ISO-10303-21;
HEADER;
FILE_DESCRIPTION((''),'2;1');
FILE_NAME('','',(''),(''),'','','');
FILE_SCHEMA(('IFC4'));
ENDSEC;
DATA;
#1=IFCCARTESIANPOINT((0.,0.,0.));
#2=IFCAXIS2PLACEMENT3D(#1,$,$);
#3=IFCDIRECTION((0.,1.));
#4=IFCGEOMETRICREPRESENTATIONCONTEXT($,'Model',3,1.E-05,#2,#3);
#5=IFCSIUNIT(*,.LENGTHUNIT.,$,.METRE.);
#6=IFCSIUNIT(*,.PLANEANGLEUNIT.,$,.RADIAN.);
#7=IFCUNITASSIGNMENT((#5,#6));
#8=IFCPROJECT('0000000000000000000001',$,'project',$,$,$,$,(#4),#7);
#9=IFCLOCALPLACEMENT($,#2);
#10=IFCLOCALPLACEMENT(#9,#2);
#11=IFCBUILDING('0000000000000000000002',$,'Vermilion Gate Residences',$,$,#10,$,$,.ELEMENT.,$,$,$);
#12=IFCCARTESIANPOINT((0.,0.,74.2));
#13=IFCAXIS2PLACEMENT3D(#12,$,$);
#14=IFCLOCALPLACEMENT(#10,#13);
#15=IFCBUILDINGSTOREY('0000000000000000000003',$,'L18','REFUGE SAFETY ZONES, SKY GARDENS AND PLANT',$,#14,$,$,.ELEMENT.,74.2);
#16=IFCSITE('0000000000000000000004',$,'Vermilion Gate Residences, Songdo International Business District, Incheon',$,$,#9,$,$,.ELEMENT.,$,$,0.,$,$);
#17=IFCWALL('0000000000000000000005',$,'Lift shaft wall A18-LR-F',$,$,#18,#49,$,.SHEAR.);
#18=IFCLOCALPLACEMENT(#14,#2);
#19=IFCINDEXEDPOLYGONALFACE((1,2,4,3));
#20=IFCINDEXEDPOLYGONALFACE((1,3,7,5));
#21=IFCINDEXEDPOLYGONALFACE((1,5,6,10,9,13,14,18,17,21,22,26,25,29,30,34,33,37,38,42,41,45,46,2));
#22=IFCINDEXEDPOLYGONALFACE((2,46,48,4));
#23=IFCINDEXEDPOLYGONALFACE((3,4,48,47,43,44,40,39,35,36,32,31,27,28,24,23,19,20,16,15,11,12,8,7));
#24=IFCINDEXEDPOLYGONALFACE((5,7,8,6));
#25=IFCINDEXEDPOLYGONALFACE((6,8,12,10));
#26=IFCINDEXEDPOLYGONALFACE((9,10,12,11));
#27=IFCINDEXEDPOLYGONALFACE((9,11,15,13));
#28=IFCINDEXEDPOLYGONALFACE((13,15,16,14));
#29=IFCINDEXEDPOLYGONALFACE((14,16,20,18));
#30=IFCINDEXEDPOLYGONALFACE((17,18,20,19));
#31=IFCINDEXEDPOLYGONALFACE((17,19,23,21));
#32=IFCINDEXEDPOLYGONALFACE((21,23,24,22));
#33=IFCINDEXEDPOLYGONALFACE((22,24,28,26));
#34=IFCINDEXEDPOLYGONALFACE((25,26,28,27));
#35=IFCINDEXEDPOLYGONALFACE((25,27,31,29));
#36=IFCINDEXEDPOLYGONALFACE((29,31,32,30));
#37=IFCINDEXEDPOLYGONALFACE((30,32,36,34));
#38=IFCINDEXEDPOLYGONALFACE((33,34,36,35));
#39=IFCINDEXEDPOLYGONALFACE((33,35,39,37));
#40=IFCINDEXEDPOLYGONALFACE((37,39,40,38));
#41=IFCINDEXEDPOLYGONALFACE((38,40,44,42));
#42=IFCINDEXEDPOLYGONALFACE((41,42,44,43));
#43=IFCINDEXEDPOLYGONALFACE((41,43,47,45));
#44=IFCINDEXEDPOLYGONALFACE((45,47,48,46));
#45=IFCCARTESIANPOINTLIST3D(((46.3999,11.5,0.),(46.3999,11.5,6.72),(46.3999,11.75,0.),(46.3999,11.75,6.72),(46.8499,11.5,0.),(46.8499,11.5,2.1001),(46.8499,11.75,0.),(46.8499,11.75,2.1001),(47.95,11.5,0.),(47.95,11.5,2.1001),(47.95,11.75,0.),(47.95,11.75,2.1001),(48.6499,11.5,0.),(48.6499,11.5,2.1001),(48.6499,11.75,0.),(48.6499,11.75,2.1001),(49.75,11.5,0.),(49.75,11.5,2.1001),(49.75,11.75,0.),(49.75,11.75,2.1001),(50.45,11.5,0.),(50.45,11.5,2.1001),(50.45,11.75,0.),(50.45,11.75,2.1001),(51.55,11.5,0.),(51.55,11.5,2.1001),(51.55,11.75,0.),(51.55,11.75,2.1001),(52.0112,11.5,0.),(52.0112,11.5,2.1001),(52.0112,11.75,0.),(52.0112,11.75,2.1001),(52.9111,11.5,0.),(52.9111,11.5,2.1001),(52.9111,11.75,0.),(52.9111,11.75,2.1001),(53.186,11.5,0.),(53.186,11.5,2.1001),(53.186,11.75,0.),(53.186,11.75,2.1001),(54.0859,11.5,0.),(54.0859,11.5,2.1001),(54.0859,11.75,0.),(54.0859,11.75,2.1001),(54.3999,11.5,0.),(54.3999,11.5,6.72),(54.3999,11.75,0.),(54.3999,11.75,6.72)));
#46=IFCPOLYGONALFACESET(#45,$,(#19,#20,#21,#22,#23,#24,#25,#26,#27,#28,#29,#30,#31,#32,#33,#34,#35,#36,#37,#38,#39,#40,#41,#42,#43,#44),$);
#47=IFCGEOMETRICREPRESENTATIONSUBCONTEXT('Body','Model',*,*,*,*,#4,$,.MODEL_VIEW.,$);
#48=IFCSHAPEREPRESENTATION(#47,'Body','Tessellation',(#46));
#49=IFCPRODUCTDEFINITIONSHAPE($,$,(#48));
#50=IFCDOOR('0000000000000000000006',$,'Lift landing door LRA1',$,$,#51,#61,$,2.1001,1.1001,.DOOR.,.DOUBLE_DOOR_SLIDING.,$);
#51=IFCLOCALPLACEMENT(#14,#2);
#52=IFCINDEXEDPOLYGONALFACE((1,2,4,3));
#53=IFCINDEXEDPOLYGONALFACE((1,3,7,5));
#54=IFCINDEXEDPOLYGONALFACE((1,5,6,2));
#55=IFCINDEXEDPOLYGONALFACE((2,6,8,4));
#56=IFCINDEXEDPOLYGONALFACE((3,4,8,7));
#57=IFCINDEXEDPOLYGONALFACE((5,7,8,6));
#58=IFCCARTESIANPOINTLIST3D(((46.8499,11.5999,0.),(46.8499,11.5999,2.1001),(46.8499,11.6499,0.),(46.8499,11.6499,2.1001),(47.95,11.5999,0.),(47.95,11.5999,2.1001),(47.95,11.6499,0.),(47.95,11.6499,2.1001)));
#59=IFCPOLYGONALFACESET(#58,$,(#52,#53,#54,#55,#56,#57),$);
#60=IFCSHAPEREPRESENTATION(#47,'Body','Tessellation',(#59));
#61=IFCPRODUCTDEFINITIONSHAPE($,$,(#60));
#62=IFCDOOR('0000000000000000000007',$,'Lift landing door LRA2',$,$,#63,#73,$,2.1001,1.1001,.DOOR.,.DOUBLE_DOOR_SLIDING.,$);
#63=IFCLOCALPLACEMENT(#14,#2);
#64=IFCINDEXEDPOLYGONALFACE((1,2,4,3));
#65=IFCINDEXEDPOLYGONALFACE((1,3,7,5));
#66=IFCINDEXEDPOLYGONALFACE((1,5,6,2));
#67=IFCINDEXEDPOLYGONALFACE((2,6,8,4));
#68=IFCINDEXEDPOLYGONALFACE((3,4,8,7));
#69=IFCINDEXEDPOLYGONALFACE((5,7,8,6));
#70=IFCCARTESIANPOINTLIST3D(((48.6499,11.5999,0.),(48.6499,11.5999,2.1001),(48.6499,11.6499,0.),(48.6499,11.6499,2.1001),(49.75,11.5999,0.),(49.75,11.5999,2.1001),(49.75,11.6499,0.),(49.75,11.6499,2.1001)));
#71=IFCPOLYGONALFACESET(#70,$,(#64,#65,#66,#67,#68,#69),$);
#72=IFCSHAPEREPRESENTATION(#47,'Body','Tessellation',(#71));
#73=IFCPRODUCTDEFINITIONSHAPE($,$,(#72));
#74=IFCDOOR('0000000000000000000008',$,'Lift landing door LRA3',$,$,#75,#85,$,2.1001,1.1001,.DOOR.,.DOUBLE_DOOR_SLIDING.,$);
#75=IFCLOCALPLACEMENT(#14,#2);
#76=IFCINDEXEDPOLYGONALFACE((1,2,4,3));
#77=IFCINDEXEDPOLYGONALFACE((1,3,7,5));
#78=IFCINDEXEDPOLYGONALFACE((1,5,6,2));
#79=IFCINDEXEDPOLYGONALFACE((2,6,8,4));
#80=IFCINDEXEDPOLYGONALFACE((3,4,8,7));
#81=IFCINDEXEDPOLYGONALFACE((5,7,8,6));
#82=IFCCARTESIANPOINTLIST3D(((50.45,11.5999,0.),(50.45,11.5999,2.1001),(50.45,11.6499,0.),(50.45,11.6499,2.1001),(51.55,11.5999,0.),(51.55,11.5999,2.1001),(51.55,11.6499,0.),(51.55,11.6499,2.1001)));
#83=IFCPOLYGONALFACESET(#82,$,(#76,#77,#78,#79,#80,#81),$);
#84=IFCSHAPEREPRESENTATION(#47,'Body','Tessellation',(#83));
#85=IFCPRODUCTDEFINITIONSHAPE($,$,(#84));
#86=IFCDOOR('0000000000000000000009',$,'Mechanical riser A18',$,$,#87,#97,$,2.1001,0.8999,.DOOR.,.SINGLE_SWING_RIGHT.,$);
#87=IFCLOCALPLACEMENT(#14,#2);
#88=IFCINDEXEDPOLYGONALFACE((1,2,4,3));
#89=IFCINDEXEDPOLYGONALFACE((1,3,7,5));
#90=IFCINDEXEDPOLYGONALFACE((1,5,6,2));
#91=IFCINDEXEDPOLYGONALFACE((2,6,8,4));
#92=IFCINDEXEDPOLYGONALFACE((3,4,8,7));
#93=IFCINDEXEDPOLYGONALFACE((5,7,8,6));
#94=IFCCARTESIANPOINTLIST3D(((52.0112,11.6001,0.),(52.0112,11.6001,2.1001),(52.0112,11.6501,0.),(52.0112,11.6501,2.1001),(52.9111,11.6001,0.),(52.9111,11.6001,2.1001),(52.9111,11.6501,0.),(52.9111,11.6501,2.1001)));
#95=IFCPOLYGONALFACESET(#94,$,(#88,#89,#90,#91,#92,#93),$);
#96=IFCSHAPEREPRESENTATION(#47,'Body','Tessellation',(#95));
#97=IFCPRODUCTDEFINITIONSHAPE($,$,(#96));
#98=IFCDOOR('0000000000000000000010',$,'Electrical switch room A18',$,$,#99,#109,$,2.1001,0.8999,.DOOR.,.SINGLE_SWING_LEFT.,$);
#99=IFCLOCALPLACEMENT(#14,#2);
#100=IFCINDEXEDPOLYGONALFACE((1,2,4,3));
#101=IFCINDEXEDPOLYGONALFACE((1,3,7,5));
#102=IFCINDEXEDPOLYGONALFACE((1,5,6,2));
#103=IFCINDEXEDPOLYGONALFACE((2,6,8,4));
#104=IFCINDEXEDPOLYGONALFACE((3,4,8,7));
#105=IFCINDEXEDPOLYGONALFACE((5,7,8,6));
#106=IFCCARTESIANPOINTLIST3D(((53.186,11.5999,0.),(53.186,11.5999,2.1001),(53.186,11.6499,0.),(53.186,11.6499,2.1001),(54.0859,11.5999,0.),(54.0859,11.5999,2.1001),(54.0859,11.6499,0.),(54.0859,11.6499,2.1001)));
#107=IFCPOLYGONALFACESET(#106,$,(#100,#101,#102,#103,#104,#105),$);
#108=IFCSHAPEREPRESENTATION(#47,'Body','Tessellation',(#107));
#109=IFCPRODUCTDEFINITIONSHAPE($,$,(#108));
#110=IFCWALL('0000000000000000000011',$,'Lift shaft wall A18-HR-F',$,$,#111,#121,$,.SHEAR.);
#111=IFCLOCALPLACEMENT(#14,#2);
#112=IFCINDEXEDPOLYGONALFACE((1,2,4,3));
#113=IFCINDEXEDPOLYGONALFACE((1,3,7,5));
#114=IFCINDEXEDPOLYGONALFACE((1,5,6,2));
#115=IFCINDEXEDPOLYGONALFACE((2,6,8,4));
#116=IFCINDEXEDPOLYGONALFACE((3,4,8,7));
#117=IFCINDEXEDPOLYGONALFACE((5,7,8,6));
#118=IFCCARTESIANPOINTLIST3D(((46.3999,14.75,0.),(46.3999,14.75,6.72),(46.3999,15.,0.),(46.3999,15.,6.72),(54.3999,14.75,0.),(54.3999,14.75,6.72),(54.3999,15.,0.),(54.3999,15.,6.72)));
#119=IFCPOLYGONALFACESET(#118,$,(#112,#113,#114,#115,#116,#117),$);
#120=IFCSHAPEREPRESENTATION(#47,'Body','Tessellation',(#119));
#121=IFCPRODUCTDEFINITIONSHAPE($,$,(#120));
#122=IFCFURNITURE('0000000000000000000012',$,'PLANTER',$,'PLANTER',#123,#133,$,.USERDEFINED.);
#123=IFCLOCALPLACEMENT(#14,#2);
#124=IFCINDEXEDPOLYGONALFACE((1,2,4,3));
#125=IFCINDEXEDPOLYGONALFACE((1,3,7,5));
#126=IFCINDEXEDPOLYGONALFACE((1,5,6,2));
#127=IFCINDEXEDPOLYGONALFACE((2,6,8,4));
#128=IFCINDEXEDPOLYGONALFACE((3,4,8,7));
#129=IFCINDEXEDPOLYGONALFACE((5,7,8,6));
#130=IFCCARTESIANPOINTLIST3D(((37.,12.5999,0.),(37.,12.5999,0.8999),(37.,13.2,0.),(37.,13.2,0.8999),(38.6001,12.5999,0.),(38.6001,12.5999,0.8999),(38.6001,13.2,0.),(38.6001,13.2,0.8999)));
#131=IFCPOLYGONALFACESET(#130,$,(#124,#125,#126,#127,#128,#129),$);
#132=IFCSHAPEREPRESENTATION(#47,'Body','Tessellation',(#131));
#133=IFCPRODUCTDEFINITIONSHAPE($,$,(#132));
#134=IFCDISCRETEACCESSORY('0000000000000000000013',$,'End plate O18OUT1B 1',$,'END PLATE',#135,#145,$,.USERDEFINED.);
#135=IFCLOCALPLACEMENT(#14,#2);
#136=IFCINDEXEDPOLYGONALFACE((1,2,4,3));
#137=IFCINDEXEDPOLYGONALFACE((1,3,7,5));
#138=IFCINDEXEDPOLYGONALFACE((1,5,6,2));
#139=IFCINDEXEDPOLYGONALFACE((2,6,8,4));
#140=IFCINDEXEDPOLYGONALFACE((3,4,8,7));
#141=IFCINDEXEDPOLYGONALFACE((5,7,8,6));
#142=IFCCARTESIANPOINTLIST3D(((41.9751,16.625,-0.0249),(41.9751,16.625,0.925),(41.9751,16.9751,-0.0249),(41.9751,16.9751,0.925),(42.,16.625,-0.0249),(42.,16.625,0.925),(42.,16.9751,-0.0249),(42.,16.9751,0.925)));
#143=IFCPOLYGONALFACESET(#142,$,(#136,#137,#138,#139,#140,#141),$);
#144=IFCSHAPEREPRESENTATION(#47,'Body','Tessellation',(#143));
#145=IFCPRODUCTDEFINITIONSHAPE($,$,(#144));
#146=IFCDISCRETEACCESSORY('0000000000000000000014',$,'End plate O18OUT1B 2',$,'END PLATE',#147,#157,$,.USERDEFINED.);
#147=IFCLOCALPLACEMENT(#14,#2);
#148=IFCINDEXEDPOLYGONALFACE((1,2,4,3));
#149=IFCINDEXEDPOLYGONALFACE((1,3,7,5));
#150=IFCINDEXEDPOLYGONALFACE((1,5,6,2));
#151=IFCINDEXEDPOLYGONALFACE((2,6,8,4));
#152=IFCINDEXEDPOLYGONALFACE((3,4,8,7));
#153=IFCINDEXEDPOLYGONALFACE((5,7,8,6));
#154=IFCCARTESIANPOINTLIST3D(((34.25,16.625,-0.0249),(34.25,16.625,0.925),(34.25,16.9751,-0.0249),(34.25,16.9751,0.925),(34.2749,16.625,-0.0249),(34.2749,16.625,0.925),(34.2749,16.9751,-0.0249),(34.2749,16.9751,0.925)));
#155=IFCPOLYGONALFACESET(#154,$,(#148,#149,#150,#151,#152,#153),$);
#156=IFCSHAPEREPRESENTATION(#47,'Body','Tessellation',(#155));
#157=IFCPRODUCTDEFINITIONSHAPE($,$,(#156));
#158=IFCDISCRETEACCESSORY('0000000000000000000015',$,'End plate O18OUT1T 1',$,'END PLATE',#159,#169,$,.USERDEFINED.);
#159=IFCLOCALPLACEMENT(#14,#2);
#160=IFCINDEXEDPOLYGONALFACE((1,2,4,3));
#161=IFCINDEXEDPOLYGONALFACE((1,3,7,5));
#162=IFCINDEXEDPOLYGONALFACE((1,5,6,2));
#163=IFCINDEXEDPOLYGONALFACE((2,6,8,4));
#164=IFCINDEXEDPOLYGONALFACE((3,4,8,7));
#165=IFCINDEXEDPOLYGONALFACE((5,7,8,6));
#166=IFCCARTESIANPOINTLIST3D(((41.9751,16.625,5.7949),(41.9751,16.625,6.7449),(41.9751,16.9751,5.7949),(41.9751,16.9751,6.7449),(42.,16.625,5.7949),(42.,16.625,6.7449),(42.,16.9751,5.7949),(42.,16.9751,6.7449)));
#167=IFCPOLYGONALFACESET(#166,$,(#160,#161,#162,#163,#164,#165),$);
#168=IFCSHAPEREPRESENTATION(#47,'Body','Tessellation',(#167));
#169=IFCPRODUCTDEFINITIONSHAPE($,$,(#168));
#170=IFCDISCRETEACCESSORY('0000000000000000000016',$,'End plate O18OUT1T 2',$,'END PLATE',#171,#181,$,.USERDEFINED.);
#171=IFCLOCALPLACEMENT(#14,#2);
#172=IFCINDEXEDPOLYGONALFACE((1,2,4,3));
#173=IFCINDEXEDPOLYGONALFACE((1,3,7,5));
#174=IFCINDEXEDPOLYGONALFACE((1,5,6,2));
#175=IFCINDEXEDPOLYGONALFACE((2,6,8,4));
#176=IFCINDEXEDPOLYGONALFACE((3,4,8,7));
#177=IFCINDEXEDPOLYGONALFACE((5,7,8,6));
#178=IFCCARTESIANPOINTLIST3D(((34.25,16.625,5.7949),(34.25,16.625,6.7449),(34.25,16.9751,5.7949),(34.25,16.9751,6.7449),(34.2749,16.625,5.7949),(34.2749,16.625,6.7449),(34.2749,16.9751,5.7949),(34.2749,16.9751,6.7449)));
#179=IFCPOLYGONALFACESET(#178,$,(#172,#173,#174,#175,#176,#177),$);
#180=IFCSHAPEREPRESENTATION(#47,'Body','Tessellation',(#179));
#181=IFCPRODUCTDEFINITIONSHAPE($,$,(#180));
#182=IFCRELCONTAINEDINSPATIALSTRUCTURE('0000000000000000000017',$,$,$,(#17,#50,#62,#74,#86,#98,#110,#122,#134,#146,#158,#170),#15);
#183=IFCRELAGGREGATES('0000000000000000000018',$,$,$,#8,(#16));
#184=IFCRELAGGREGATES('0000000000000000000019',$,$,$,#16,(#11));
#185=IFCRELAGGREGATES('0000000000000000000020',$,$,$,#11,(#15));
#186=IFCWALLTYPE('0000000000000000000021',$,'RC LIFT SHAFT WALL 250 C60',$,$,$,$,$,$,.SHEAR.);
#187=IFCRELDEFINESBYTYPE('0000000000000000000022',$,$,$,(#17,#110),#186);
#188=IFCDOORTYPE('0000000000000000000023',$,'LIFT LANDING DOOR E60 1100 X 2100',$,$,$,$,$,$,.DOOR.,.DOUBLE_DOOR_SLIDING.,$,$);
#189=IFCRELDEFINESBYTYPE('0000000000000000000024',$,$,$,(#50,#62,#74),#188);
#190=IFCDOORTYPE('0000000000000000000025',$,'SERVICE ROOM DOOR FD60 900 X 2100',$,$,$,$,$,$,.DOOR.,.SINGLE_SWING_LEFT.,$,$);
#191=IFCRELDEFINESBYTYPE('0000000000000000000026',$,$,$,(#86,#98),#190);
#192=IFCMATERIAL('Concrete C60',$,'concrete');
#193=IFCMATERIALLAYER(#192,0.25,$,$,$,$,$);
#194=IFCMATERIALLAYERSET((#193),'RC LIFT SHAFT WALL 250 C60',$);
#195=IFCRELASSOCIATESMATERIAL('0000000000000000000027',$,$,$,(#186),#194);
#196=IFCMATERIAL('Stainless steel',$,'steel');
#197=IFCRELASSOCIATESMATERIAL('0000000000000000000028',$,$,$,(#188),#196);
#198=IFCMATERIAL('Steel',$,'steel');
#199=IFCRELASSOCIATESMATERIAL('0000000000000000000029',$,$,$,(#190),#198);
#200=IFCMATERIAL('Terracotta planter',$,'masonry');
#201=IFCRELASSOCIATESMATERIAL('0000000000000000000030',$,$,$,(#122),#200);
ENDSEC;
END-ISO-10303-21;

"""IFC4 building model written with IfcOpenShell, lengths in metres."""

from ifc_helpers import new_model, si_unit, direction, frame, frame_2d, origin, origin_2d, place, context, subcontext, project, spatial, rectangle, extrude, material, layer, layer_set, type_object, element, fill, save


model = new_model("IFC4")

# Units and contexts
model_context = context("Model", 3, precision=1e-05, world=origin(), true_north=direction((0.0, 1.0)))
body_context = subcontext(model_context, "Body", "Model", "MODEL_VIEW")
ifc_project = project(units=[si_unit("LENGTHUNIT", "METRE"), si_unit("PLANEANGLEUNIT", "RADIAN")], contexts=[model_context])

# Site, building, storey
site_placement = place(None, origin())
site = spatial("IfcSite", under=ifc_project, at=site_placement, Name="Vermilion Gate Residences, Songdo International Business District, Incheon", CompositionType="ELEMENT", RefElevation=0.0)
building_placement = place(site_placement, origin())
building = spatial("IfcBuilding", under=site, at=building_placement, Name="Vermilion Gate Residences", CompositionType="ELEMENT")
storey_placement = place(building_placement, frame((0.0, 0.0, 74.2)))
storey = spatial("IfcBuildingStorey", under=building, at=storey_placement, Name="L18", Description="REFUGE SAFETY ZONES, SKY GARDENS AND PLANT", CompositionType="ELEMENT", Elevation=74.2)

# Wall, openings, doors
ifc_material_1 = material(Name="Concrete C60", Category="concrete")
ifc_layer_1 = layer(ifc_material_1, 0.25)
ifc_layer_set_1 = layer_set([ifc_layer_1], Name="RC LIFT SHAFT WALL 250 C60")
wall_type_1 = type_object("IfcWallType", Name="RC LIFT SHAFT WALL 250 C60", PredefinedType="SHEAR", material=ifc_layer_set_1)
wall_1_placement = place(storey_placement, frame((46.3999, 11.625, 0.0), z_axis=(0.0, 0.0, 1.0), x_axis=(1.0, 0.0, 0.0)))
wall_1 = element("IfcWall", 1, at=wall_1_placement, inside=storey, type_object=wall_type_1, Name="Lift shaft wall A18-LR-F", PredefinedType="SHEAR", context=body_context, shape_type="SweptSolid", body=[
    extrude(rectangle(XDim=8.0, YDim=0.25, at=frame_2d((4.0, 0.0))), origin(), (0.0, 0.0, 1.0), 6.72),
])
opening_1_placement = place(wall_1_placement, frame((0.45, 0.0, 0.0)))
opening_1 = element("IfcOpeningElement", 2, at=opening_1_placement, cuts=wall_1, PredefinedType="OPENING", context=body_context, shape_type="SweptSolid", body=[
    extrude(rectangle(XDim=1.1001, YDim=2.1001, at=frame_2d((0.55, 1.05))), frame((0.0, 0.135, 0.0), z_axis=(0.0, -1.0, 0.0), x_axis=(1.0, 0.0, 0.0)), (0.0, 0.0, 1.0), 0.27),
])
opening_2_placement = place(wall_1_placement, frame((2.25, 0.0, 0.0)))
opening_2 = element("IfcOpeningElement", 3, at=opening_2_placement, cuts=wall_1, PredefinedType="OPENING", context=body_context, shape_type="SweptSolid", body=[
    extrude(rectangle(XDim=1.1001, YDim=2.1001, at=frame_2d((0.55, 1.05))), frame((0.0, 0.135, 0.0), z_axis=(0.0, -1.0, 0.0), x_axis=(1.0, 0.0, 0.0)), (0.0, 0.0, 1.0), 0.27),
])
opening_3_placement = place(wall_1_placement, frame((4.05, 0.0, 0.0)))
opening_3 = element("IfcOpeningElement", 4, at=opening_3_placement, cuts=wall_1, PredefinedType="OPENING", context=body_context, shape_type="SweptSolid", body=[
    extrude(rectangle(XDim=1.1001, YDim=2.1001, at=frame_2d((0.55, 1.05))), frame((0.0, 0.135, 0.0), z_axis=(0.0, -1.0, 0.0), x_axis=(1.0, 0.0, 0.0)), (0.0, 0.0, 1.0), 0.27),
])
opening_4_placement = place(wall_1_placement, frame((5.6113, 0.0, 0.0)))
opening_4 = element("IfcOpeningElement", 5, at=opening_4_placement, cuts=wall_1, PredefinedType="OPENING", context=body_context, shape_type="SweptSolid", body=[
    extrude(rectangle(XDim=0.8999, YDim=2.1001, at=frame_2d((0.45, 1.05))), frame((0.0, 0.135, 0.0), z_axis=(0.0, -1.0, 0.0), x_axis=(1.0, 0.0, 0.0)), (0.0, 0.0, 1.0), 0.27),
])
opening_5_placement = place(wall_1_placement, frame((6.7861, 0.0, 0.0)))
opening_5 = element("IfcOpeningElement", 6, at=opening_5_placement, cuts=wall_1, PredefinedType="OPENING", context=body_context, shape_type="SweptSolid", body=[
    extrude(rectangle(XDim=0.8999, YDim=2.1001, at=frame_2d((0.45, 1.05))), frame((0.0, 0.135, 0.0), z_axis=(0.0, -1.0, 0.0), x_axis=(1.0, 0.0, 0.0)), (0.0, 0.0, 1.0), 0.27),
])
ifc_material_2 = material(Name="Stainless steel", Category="steel")
door_type_1 = type_object("IfcDoorType", Name="LIFT LANDING DOOR E60 1100 X 2100", OperationType="DOUBLE_DOOR_SLIDING", PredefinedType="DOOR", material=ifc_material_2)
door_1_placement = place(opening_1_placement, origin())
door_1 = element("IfcDoor", 7, at=door_1_placement, inside=storey, type_object=door_type_1, Name="Lift landing door LRA1", OperationType="DOUBLE_DOOR_SLIDING", OverallHeight=2.1001, OverallWidth=1.1001, PredefinedType="DOOR", context=body_context, shape_type="SweptSolid", body=[
    extrude(rectangle(XDim=1.1001, YDim=2.1001, at=frame_2d((0.55, 1.05))), frame((0.0, 0.0249, 0.0), z_axis=(0.0, -1.0, 0.0), x_axis=(1.0, 0.0, 0.0)), (0.0, 0.0, 1.0), 0.05),
])
fill(opening_1, door_1)
door_2_placement = place(opening_2_placement, origin())
door_2 = element("IfcDoor", 8, at=door_2_placement, inside=storey, type_object=door_type_1, Name="Lift landing door LRA2", OperationType="DOUBLE_DOOR_SLIDING", OverallHeight=2.1001, OverallWidth=1.1001, PredefinedType="DOOR", context=body_context, shape_type="SweptSolid", body=[
    extrude(rectangle(XDim=1.1001, YDim=2.1001, at=frame_2d((0.55, 1.05))), frame((0.0, 0.0249, 0.0), z_axis=(0.0, -1.0, 0.0), x_axis=(1.0, 0.0, 0.0)), (0.0, 0.0, 1.0), 0.05),
])
fill(opening_2, door_2)
door_3_placement = place(opening_3_placement, origin())
door_3 = element("IfcDoor", 9, at=door_3_placement, inside=storey, type_object=door_type_1, Name="Lift landing door LRA3", OperationType="DOUBLE_DOOR_SLIDING", OverallHeight=2.1001, OverallWidth=1.1001, PredefinedType="DOOR", context=body_context, shape_type="SweptSolid", body=[
    extrude(rectangle(XDim=1.1001, YDim=2.1001, at=frame_2d((0.55, 1.05))), frame((0.0, 0.0249, 0.0), z_axis=(0.0, -1.0, 0.0), x_axis=(1.0, 0.0, 0.0)), (0.0, 0.0, 1.0), 0.05),
])
fill(opening_3, door_3)
ifc_material_3 = material(Name="Steel", Category="steel")
door_type_2 = type_object("IfcDoorType", Name="SERVICE ROOM DOOR FD60 900 X 2100", OperationType="SINGLE_SWING_LEFT", PredefinedType="DOOR", material=ifc_material_3)
door_4_placement = place(opening_4_placement, frame((0.8999, 0.0, 0.0), z_axis=(0.0, 0.0, 1.0), x_axis=(-1.0, 0.0, 0.0)))
door_4 = element("IfcDoor", 10, at=door_4_placement, inside=storey, type_object=door_type_2, Name="Mechanical riser A18", OperationType="SINGLE_SWING_RIGHT", OverallHeight=2.1001, OverallWidth=0.8999, PredefinedType="DOOR", context=body_context, shape_type="SweptSolid", body=[
    extrude(rectangle(XDim=0.8999, YDim=2.1001, at=frame_2d((0.45, 1.05))), frame((0.0, 0.0249, 0.0), z_axis=(0.0, -1.0, 0.0), x_axis=(1.0, 0.0, 0.0)), (0.0, 0.0, 1.0), 0.05),
])
fill(opening_4, door_4)
door_5_placement = place(opening_5_placement, origin())
door_5 = element("IfcDoor", 11, at=door_5_placement, inside=storey, type_object=door_type_2, Name="Electrical switch room A18", OperationType="SINGLE_SWING_LEFT", OverallHeight=2.1001, OverallWidth=0.8999, PredefinedType="DOOR", context=body_context, shape_type="SweptSolid", body=[
    extrude(rectangle(XDim=0.8999, YDim=2.1001, at=frame_2d((0.45, 1.05))), frame((0.0, 0.0249, 0.0), z_axis=(0.0, -1.0, 0.0), x_axis=(1.0, 0.0, 0.0)), (0.0, 0.0, 1.0), 0.05),
])
fill(opening_5, door_5)

# Wall
wall_2_placement = place(storey_placement, frame((46.3999, 14.875, 0.0), z_axis=(0.0, 0.0, 1.0), x_axis=(1.0, 0.0, 0.0)))
element("IfcWall", 12, at=wall_2_placement, inside=storey, type_object=wall_type_1, Name="Lift shaft wall A18-HR-F", PredefinedType="SHEAR", context=body_context, shape_type="SweptSolid", body=[
    extrude(rectangle(XDim=8.0, YDim=0.25, at=frame_2d((4.0, 0.0))), origin(), (0.0, 0.0, 1.0), 6.72),
])

# Furniture
ifc_material_4 = material(Name="Terracotta planter", Category="masonry")
furniture_placement = place(storey_placement, frame((37.8, 12.8999, 0.0), z_axis=(0.0, 0.0, 1.0), x_axis=(1.0, 0.0, 0.0)))
element("IfcFurniture", 13, at=furniture_placement, inside=storey, material=ifc_material_4, Name="PLANTER", ObjectType="PLANTER", PredefinedType="USERDEFINED", context=body_context, shape_type="SweptSolid", body=[
    extrude(rectangle(XDim=1.6001, YDim=0.6001, at=origin_2d()), origin(), (0.0, 0.0, 1.0), 0.8999),
])

# Discrete accessories
for number, where, z_axis, x_axis, name in (
    (14, (41.9875, 16.8, -0.0249), (0.0, 0.0, 1.0), (1.0, 0.0, 0.0), "End plate O18OUT1B 1"),
    (15, (34.2625, 16.8, -0.0249), (0.0, 0.0, 1.0), (1.0, 0.0, 0.0), "End plate O18OUT1B 2"),
    (16, (41.9875, 16.8, 5.7949), (0.0, 0.0, 1.0), (1.0, 0.0, 0.0), "End plate O18OUT1T 1"),
    (17, (34.2625, 16.8, 5.7949), (0.0, 0.0, 1.0), (1.0, 0.0, 0.0), "End plate O18OUT1T 2"),
):
    element("IfcDiscreteAccessory", number, at=place(storey_placement, frame(where, z_axis=z_axis, x_axis=x_axis)), inside=storey, Name=name, ObjectType="END PLATE", PredefinedType="USERDEFINED", context=body_context, shape_type="SweptSolid", body=[
        extrude(rectangle(XDim=0.0249, YDim=0.3501, at=origin_2d()), origin(), (0.0, 0.0, 1.0), 0.95),
    ])

save(model, "model.ifc")
